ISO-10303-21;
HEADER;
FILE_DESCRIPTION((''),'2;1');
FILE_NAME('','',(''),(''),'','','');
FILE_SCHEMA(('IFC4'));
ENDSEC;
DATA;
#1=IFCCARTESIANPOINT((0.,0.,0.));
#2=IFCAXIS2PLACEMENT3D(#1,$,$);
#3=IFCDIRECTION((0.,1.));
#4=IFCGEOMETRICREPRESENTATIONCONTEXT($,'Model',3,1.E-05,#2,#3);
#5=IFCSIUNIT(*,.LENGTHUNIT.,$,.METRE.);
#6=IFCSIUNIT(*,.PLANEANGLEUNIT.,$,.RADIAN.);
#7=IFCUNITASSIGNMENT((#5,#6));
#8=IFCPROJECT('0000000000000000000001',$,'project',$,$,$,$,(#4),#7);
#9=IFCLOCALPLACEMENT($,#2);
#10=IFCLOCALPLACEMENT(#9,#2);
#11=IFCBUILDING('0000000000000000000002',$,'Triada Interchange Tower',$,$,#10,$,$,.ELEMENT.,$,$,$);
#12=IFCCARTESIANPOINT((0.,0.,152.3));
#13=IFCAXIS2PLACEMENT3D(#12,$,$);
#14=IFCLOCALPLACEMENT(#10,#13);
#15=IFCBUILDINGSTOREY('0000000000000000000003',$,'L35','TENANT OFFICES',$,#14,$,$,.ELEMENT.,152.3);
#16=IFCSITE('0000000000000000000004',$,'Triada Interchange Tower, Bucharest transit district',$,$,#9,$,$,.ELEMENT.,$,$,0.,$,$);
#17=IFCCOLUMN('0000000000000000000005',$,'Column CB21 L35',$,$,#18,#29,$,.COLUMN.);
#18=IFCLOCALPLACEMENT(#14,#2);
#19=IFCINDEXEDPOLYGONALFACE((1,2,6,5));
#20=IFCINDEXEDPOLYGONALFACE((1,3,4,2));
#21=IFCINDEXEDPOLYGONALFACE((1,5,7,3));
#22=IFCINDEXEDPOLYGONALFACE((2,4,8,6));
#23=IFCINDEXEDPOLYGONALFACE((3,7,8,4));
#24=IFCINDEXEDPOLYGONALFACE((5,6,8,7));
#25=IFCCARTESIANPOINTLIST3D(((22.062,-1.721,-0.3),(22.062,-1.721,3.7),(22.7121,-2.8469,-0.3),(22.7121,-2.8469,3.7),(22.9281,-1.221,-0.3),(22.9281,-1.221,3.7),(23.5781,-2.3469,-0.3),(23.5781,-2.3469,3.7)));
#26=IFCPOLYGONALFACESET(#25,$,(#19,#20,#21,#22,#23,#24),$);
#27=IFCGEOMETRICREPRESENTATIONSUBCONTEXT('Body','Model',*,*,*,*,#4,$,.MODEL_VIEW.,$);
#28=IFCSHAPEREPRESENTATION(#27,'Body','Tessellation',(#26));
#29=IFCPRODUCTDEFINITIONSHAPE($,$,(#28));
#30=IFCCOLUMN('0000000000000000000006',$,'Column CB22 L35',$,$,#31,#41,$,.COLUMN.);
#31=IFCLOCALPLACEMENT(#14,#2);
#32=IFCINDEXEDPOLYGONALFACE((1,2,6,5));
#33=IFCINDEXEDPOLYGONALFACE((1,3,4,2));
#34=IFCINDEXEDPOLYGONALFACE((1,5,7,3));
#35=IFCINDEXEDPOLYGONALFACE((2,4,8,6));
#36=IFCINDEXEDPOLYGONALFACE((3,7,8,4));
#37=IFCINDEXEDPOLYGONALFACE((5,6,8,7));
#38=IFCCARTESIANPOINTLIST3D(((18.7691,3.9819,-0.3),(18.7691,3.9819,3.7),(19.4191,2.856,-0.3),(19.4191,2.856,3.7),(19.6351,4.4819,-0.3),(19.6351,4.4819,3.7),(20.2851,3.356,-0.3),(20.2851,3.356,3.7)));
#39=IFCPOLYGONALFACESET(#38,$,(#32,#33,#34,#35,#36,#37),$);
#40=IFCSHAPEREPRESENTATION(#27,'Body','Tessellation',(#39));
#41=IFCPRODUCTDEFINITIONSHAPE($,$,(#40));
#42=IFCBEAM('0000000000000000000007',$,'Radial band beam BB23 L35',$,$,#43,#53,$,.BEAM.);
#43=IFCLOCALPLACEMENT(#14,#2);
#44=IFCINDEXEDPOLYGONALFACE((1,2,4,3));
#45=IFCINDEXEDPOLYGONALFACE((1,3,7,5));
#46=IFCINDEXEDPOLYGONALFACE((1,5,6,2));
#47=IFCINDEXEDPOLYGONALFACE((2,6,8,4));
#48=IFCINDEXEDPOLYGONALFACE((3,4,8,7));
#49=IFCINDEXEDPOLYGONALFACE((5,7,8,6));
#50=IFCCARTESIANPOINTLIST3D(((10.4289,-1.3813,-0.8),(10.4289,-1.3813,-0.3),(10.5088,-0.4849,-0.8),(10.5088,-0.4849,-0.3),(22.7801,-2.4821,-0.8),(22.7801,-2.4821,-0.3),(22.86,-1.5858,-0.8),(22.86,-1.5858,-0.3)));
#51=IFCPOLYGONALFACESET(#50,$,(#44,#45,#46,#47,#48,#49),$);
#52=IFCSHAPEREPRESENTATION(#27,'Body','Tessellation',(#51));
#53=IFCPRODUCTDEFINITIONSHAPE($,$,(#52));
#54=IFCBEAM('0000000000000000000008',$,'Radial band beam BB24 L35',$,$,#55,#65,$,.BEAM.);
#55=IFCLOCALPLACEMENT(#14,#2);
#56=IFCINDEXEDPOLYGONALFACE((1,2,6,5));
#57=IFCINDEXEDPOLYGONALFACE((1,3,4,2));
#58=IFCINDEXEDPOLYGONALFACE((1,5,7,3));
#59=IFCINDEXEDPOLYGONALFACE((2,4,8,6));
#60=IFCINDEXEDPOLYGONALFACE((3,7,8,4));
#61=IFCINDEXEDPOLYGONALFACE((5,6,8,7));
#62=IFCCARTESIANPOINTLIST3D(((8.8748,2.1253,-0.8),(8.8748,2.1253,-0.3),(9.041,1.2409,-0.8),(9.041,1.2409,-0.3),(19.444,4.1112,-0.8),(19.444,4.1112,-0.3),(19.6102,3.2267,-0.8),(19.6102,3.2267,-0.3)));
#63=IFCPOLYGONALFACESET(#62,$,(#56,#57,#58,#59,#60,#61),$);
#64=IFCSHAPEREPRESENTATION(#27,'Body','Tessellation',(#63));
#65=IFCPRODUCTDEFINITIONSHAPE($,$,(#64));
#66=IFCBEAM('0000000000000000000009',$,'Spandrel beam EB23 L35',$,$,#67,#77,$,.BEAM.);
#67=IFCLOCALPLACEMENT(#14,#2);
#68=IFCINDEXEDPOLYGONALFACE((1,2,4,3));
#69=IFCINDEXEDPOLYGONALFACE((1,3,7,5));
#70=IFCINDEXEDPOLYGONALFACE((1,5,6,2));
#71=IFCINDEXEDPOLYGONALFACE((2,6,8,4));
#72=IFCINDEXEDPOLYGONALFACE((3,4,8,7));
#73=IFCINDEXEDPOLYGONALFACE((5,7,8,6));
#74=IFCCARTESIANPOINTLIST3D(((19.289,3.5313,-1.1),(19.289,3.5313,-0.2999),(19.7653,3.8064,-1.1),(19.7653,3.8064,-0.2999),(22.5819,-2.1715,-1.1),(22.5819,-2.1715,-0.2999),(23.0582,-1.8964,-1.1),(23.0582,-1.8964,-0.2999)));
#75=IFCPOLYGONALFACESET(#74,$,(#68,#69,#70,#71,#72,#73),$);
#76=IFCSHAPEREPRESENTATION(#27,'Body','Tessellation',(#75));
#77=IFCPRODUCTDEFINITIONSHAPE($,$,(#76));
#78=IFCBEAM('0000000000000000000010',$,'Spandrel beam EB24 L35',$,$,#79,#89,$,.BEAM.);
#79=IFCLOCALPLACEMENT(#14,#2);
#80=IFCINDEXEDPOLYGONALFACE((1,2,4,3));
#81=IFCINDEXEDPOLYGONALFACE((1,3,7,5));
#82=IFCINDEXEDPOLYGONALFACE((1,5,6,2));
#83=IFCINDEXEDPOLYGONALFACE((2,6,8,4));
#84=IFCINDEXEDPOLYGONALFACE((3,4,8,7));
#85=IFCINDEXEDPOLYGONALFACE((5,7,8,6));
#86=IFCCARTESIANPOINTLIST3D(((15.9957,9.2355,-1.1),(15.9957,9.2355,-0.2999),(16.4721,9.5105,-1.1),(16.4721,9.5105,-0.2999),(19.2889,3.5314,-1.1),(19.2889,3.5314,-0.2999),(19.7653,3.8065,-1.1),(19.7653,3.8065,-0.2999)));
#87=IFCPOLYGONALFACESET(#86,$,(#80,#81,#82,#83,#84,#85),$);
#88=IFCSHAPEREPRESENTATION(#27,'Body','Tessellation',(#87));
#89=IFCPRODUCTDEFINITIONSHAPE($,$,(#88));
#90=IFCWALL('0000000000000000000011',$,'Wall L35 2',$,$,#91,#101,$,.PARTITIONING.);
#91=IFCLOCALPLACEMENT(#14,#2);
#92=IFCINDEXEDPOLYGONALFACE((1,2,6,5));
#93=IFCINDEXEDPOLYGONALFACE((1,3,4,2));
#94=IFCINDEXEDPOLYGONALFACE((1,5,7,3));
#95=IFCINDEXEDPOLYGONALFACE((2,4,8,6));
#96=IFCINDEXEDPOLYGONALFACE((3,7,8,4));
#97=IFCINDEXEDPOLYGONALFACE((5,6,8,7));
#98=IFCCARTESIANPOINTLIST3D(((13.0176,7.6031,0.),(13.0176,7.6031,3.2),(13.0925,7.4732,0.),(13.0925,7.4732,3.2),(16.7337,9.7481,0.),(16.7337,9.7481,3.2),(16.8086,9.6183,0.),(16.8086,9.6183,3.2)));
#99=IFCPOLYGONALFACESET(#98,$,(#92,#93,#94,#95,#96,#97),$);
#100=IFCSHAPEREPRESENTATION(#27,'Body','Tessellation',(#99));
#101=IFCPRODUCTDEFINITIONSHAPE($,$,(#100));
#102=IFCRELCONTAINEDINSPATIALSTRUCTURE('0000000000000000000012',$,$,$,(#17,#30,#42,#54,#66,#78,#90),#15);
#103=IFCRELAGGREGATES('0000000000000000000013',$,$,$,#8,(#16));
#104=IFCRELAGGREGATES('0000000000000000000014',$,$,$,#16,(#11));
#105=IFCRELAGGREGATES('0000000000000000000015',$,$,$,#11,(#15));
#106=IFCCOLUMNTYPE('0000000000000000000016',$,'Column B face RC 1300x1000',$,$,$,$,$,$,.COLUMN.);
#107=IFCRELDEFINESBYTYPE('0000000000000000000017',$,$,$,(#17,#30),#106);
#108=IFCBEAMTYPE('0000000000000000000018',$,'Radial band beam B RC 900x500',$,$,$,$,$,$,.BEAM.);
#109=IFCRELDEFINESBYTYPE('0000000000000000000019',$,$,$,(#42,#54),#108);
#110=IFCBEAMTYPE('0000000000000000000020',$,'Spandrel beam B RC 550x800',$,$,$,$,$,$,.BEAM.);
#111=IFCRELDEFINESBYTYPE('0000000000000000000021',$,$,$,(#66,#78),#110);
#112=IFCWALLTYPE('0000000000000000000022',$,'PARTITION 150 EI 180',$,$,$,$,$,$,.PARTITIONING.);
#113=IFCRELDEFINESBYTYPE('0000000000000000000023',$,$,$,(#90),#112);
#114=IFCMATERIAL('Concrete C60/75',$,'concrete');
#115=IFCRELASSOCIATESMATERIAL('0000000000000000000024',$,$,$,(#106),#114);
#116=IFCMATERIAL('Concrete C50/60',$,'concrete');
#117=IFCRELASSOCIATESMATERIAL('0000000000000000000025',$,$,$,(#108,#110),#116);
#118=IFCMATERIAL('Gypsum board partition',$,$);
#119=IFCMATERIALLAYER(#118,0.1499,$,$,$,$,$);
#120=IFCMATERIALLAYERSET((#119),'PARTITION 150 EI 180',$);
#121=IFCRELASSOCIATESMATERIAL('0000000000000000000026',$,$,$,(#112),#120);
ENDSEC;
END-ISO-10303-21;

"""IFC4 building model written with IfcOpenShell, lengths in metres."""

from ifc_helpers import new_model, si_unit, direction, frame, frame_2d, origin, origin_2d, place, context, subcontext, project, spatial, rectangle, extrude, material, layer, layer_set, material_profile, profile_set, type_object, element, save


model = new_model("IFC4")

# Units and contexts
model_context = context("Model", 3, precision=1e-05, world=origin(), true_north=direction((0.0, 1.0)))
body_context = subcontext(model_context, "Body", "Model", "MODEL_VIEW")
ifc_project = project(units=[si_unit("LENGTHUNIT", "METRE"), si_unit("PLANEANGLEUNIT", "RADIAN")], contexts=[model_context])

# Site, building, storey
site_placement = place(None, origin())
site = spatial("IfcSite", under=ifc_project, at=site_placement, Name="Triada Interchange Tower, Bucharest transit district", CompositionType="ELEMENT", RefElevation=0.0)
building_placement = place(site_placement, origin())
building = spatial("IfcBuilding", under=site, at=building_placement, Name="Triada Interchange Tower", CompositionType="ELEMENT")
storey_placement = place(building_placement, frame((0.0, 0.0, 152.3)))
storey = spatial("IfcBuildingStorey", under=building, at=storey_placement, Name="L35", Description="TENANT OFFICES", CompositionType="ELEMENT", Elevation=152.3)

# Columns
ifc_material_1 = material(Name="Concrete C60/75", Category="concrete")
ifc_material_profile_1 = material_profile(ifc_material_1, rectangle(XDim=1.3, YDim=1.0, at=origin_2d()), Name="RC 1300x1000")
ifc_profile_set_1 = profile_set([ifc_material_profile_1], Name="Concrete C60/75")
column_type = type_object("IfcColumnType", Name="Column B face RC 1300x1000", PredefinedType="COLUMN", material=ifc_profile_set_1)
for number, where, z_axis, x_axis, name in (
    (1, (22.8201, -2.0339, -0.3), (0.0, 0.0, 1.0), (-0.5, 0.866025, 0.0), "Column CB21 L35"),
    (2, (19.5271, 3.6689, -0.3), (0.0, 0.0, 1.0), (-0.5, 0.866025, 0.0), "Column CB22 L35"),
):
    element("IfcColumn", number, at=place(storey_placement, frame(where, z_axis=z_axis, x_axis=x_axis)), inside=storey, type_object=column_type, Name=name, PredefinedType="COLUMN", context=body_context, shape_type="SweptSolid", body=[
        extrude(rectangle(XDim=1.3, YDim=1.0, at=origin_2d()), origin(), (0.0, 0.0, 1.0), 4.0),
    ])

# Beams
ifc_material_2 = material(Name="Concrete C50/60", Category="concrete")
ifc_material_profile_2 = material_profile(ifc_material_2, rectangle(XDim=0.8999, YDim=0.5, at=origin_2d()), Name="RC 900x500")
ifc_profile_set_2 = profile_set([ifc_material_profile_2], Name="Concrete C50/60")
beam_type_1 = type_object("IfcBeamType", Name="Radial band beam B RC 900x500", PredefinedType="BEAM", material=ifc_profile_set_2)
beam_1_placement = place(storey_placement, frame((22.8201, -2.0339, -0.55), z_axis=(-0.996052, 0.088776, 0.0), x_axis=(-0.088776, -0.996052, 0.0)))
element("IfcBeam", 3, at=beam_1_placement, inside=storey, type_object=beam_type_1, Name="Radial band beam BB23 L35", PredefinedType="BEAM", context=body_context, shape_type="SweptSolid", body=[
    extrude(rectangle(XDim=0.8999, YDim=0.5, at=origin_2d()), origin(), (0.0, 0.0, 1.0), 12.4001),
])
beam_2_placement = place(storey_placement, frame((19.5271, 3.6689, -0.55), z_axis=(-0.982802, -0.18466, 0.0), x_axis=(0.18466, -0.982802, 0.0)))
element("IfcBeam", 4, at=beam_2_placement, inside=storey, type_object=beam_type_1, Name="Radial band beam BB24 L35", PredefinedType="BEAM", context=body_context, shape_type="SweptSolid", body=[
    extrude(rectangle(XDim=0.8999, YDim=0.5, at=origin_2d()), origin(), (0.0, 0.0, 1.0), 10.7542),
])
ifc_material_profile_3 = material_profile(ifc_material_2, rectangle(XDim=0.55, YDim=0.8, at=origin_2d()), Name="RC 550x800")
ifc_profile_set_3 = profile_set([ifc_material_profile_3], Name="Concrete C50/60")
beam_type_2 = type_object("IfcBeamType", Name="Spandrel beam B RC 550x800", PredefinedType="BEAM", material=ifc_profile_set_3)
beam_3_placement = place(storey_placement, frame((22.8201, -2.0339, -0.7), z_axis=(-0.500047, 0.865999, 0.0), x_axis=(-0.865999, -0.500047, 0.0)))
element("IfcBeam", 5, at=beam_3_placement, inside=storey, type_object=beam_type_2, Name="Spandrel beam EB23 L35", PredefinedType="BEAM", context=body_context, shape_type="SweptSolid", body=[
    extrude(rectangle(XDim=0.55, YDim=0.8, at=origin_2d()), origin(), (0.0, 0.0, 1.0), 6.5852),
])
beam_4_placement = place(storey_placement, frame((19.5271, 3.6689, -0.7), z_axis=(-0.499994, 0.866029, 0.0), x_axis=(-0.866029, -0.499994, 0.0)))
element("IfcBeam", 6, at=beam_4_placement, inside=storey, type_object=beam_type_2, Name="Spandrel beam EB24 L35", PredefinedType="BEAM", context=body_context, shape_type="SweptSolid", body=[
    extrude(rectangle(XDim=0.55, YDim=0.8, at=origin_2d()), origin(), (0.0, 0.0, 1.0), 6.5864),
])

# Wall
ifc_material_3 = material(Name="Gypsum board partition")
ifc_layer_1 = layer(ifc_material_3, 0.1499)
ifc_layer_set_1 = layer_set([ifc_layer_1], Name="PARTITION 150 EI 180")
wall_type = type_object("IfcWallType", Name="PARTITION 150 EI 180", PredefinedType="PARTITIONING", material=ifc_layer_set_1)
wall_1_placement = place(storey_placement, frame((13.0549, 7.5381, 0.0), z_axis=(0.0, 0.0, 1.0), x_axis=(0.866071, 0.499921, 0.0)))
element("IfcWall", 7, at=wall_1_placement, inside=storey, type_object=wall_type, Name="Wall L35 2", PredefinedType="PARTITIONING", context=body_context, shape_type="SweptSolid", body=[
    extrude(rectangle(XDim=4.2908, YDim=0.1499, at=frame_2d((2.1455, 0.0))), origin(), (0.0, 0.0, 1.0), 3.2),
])

save(model, "model.ifc")
